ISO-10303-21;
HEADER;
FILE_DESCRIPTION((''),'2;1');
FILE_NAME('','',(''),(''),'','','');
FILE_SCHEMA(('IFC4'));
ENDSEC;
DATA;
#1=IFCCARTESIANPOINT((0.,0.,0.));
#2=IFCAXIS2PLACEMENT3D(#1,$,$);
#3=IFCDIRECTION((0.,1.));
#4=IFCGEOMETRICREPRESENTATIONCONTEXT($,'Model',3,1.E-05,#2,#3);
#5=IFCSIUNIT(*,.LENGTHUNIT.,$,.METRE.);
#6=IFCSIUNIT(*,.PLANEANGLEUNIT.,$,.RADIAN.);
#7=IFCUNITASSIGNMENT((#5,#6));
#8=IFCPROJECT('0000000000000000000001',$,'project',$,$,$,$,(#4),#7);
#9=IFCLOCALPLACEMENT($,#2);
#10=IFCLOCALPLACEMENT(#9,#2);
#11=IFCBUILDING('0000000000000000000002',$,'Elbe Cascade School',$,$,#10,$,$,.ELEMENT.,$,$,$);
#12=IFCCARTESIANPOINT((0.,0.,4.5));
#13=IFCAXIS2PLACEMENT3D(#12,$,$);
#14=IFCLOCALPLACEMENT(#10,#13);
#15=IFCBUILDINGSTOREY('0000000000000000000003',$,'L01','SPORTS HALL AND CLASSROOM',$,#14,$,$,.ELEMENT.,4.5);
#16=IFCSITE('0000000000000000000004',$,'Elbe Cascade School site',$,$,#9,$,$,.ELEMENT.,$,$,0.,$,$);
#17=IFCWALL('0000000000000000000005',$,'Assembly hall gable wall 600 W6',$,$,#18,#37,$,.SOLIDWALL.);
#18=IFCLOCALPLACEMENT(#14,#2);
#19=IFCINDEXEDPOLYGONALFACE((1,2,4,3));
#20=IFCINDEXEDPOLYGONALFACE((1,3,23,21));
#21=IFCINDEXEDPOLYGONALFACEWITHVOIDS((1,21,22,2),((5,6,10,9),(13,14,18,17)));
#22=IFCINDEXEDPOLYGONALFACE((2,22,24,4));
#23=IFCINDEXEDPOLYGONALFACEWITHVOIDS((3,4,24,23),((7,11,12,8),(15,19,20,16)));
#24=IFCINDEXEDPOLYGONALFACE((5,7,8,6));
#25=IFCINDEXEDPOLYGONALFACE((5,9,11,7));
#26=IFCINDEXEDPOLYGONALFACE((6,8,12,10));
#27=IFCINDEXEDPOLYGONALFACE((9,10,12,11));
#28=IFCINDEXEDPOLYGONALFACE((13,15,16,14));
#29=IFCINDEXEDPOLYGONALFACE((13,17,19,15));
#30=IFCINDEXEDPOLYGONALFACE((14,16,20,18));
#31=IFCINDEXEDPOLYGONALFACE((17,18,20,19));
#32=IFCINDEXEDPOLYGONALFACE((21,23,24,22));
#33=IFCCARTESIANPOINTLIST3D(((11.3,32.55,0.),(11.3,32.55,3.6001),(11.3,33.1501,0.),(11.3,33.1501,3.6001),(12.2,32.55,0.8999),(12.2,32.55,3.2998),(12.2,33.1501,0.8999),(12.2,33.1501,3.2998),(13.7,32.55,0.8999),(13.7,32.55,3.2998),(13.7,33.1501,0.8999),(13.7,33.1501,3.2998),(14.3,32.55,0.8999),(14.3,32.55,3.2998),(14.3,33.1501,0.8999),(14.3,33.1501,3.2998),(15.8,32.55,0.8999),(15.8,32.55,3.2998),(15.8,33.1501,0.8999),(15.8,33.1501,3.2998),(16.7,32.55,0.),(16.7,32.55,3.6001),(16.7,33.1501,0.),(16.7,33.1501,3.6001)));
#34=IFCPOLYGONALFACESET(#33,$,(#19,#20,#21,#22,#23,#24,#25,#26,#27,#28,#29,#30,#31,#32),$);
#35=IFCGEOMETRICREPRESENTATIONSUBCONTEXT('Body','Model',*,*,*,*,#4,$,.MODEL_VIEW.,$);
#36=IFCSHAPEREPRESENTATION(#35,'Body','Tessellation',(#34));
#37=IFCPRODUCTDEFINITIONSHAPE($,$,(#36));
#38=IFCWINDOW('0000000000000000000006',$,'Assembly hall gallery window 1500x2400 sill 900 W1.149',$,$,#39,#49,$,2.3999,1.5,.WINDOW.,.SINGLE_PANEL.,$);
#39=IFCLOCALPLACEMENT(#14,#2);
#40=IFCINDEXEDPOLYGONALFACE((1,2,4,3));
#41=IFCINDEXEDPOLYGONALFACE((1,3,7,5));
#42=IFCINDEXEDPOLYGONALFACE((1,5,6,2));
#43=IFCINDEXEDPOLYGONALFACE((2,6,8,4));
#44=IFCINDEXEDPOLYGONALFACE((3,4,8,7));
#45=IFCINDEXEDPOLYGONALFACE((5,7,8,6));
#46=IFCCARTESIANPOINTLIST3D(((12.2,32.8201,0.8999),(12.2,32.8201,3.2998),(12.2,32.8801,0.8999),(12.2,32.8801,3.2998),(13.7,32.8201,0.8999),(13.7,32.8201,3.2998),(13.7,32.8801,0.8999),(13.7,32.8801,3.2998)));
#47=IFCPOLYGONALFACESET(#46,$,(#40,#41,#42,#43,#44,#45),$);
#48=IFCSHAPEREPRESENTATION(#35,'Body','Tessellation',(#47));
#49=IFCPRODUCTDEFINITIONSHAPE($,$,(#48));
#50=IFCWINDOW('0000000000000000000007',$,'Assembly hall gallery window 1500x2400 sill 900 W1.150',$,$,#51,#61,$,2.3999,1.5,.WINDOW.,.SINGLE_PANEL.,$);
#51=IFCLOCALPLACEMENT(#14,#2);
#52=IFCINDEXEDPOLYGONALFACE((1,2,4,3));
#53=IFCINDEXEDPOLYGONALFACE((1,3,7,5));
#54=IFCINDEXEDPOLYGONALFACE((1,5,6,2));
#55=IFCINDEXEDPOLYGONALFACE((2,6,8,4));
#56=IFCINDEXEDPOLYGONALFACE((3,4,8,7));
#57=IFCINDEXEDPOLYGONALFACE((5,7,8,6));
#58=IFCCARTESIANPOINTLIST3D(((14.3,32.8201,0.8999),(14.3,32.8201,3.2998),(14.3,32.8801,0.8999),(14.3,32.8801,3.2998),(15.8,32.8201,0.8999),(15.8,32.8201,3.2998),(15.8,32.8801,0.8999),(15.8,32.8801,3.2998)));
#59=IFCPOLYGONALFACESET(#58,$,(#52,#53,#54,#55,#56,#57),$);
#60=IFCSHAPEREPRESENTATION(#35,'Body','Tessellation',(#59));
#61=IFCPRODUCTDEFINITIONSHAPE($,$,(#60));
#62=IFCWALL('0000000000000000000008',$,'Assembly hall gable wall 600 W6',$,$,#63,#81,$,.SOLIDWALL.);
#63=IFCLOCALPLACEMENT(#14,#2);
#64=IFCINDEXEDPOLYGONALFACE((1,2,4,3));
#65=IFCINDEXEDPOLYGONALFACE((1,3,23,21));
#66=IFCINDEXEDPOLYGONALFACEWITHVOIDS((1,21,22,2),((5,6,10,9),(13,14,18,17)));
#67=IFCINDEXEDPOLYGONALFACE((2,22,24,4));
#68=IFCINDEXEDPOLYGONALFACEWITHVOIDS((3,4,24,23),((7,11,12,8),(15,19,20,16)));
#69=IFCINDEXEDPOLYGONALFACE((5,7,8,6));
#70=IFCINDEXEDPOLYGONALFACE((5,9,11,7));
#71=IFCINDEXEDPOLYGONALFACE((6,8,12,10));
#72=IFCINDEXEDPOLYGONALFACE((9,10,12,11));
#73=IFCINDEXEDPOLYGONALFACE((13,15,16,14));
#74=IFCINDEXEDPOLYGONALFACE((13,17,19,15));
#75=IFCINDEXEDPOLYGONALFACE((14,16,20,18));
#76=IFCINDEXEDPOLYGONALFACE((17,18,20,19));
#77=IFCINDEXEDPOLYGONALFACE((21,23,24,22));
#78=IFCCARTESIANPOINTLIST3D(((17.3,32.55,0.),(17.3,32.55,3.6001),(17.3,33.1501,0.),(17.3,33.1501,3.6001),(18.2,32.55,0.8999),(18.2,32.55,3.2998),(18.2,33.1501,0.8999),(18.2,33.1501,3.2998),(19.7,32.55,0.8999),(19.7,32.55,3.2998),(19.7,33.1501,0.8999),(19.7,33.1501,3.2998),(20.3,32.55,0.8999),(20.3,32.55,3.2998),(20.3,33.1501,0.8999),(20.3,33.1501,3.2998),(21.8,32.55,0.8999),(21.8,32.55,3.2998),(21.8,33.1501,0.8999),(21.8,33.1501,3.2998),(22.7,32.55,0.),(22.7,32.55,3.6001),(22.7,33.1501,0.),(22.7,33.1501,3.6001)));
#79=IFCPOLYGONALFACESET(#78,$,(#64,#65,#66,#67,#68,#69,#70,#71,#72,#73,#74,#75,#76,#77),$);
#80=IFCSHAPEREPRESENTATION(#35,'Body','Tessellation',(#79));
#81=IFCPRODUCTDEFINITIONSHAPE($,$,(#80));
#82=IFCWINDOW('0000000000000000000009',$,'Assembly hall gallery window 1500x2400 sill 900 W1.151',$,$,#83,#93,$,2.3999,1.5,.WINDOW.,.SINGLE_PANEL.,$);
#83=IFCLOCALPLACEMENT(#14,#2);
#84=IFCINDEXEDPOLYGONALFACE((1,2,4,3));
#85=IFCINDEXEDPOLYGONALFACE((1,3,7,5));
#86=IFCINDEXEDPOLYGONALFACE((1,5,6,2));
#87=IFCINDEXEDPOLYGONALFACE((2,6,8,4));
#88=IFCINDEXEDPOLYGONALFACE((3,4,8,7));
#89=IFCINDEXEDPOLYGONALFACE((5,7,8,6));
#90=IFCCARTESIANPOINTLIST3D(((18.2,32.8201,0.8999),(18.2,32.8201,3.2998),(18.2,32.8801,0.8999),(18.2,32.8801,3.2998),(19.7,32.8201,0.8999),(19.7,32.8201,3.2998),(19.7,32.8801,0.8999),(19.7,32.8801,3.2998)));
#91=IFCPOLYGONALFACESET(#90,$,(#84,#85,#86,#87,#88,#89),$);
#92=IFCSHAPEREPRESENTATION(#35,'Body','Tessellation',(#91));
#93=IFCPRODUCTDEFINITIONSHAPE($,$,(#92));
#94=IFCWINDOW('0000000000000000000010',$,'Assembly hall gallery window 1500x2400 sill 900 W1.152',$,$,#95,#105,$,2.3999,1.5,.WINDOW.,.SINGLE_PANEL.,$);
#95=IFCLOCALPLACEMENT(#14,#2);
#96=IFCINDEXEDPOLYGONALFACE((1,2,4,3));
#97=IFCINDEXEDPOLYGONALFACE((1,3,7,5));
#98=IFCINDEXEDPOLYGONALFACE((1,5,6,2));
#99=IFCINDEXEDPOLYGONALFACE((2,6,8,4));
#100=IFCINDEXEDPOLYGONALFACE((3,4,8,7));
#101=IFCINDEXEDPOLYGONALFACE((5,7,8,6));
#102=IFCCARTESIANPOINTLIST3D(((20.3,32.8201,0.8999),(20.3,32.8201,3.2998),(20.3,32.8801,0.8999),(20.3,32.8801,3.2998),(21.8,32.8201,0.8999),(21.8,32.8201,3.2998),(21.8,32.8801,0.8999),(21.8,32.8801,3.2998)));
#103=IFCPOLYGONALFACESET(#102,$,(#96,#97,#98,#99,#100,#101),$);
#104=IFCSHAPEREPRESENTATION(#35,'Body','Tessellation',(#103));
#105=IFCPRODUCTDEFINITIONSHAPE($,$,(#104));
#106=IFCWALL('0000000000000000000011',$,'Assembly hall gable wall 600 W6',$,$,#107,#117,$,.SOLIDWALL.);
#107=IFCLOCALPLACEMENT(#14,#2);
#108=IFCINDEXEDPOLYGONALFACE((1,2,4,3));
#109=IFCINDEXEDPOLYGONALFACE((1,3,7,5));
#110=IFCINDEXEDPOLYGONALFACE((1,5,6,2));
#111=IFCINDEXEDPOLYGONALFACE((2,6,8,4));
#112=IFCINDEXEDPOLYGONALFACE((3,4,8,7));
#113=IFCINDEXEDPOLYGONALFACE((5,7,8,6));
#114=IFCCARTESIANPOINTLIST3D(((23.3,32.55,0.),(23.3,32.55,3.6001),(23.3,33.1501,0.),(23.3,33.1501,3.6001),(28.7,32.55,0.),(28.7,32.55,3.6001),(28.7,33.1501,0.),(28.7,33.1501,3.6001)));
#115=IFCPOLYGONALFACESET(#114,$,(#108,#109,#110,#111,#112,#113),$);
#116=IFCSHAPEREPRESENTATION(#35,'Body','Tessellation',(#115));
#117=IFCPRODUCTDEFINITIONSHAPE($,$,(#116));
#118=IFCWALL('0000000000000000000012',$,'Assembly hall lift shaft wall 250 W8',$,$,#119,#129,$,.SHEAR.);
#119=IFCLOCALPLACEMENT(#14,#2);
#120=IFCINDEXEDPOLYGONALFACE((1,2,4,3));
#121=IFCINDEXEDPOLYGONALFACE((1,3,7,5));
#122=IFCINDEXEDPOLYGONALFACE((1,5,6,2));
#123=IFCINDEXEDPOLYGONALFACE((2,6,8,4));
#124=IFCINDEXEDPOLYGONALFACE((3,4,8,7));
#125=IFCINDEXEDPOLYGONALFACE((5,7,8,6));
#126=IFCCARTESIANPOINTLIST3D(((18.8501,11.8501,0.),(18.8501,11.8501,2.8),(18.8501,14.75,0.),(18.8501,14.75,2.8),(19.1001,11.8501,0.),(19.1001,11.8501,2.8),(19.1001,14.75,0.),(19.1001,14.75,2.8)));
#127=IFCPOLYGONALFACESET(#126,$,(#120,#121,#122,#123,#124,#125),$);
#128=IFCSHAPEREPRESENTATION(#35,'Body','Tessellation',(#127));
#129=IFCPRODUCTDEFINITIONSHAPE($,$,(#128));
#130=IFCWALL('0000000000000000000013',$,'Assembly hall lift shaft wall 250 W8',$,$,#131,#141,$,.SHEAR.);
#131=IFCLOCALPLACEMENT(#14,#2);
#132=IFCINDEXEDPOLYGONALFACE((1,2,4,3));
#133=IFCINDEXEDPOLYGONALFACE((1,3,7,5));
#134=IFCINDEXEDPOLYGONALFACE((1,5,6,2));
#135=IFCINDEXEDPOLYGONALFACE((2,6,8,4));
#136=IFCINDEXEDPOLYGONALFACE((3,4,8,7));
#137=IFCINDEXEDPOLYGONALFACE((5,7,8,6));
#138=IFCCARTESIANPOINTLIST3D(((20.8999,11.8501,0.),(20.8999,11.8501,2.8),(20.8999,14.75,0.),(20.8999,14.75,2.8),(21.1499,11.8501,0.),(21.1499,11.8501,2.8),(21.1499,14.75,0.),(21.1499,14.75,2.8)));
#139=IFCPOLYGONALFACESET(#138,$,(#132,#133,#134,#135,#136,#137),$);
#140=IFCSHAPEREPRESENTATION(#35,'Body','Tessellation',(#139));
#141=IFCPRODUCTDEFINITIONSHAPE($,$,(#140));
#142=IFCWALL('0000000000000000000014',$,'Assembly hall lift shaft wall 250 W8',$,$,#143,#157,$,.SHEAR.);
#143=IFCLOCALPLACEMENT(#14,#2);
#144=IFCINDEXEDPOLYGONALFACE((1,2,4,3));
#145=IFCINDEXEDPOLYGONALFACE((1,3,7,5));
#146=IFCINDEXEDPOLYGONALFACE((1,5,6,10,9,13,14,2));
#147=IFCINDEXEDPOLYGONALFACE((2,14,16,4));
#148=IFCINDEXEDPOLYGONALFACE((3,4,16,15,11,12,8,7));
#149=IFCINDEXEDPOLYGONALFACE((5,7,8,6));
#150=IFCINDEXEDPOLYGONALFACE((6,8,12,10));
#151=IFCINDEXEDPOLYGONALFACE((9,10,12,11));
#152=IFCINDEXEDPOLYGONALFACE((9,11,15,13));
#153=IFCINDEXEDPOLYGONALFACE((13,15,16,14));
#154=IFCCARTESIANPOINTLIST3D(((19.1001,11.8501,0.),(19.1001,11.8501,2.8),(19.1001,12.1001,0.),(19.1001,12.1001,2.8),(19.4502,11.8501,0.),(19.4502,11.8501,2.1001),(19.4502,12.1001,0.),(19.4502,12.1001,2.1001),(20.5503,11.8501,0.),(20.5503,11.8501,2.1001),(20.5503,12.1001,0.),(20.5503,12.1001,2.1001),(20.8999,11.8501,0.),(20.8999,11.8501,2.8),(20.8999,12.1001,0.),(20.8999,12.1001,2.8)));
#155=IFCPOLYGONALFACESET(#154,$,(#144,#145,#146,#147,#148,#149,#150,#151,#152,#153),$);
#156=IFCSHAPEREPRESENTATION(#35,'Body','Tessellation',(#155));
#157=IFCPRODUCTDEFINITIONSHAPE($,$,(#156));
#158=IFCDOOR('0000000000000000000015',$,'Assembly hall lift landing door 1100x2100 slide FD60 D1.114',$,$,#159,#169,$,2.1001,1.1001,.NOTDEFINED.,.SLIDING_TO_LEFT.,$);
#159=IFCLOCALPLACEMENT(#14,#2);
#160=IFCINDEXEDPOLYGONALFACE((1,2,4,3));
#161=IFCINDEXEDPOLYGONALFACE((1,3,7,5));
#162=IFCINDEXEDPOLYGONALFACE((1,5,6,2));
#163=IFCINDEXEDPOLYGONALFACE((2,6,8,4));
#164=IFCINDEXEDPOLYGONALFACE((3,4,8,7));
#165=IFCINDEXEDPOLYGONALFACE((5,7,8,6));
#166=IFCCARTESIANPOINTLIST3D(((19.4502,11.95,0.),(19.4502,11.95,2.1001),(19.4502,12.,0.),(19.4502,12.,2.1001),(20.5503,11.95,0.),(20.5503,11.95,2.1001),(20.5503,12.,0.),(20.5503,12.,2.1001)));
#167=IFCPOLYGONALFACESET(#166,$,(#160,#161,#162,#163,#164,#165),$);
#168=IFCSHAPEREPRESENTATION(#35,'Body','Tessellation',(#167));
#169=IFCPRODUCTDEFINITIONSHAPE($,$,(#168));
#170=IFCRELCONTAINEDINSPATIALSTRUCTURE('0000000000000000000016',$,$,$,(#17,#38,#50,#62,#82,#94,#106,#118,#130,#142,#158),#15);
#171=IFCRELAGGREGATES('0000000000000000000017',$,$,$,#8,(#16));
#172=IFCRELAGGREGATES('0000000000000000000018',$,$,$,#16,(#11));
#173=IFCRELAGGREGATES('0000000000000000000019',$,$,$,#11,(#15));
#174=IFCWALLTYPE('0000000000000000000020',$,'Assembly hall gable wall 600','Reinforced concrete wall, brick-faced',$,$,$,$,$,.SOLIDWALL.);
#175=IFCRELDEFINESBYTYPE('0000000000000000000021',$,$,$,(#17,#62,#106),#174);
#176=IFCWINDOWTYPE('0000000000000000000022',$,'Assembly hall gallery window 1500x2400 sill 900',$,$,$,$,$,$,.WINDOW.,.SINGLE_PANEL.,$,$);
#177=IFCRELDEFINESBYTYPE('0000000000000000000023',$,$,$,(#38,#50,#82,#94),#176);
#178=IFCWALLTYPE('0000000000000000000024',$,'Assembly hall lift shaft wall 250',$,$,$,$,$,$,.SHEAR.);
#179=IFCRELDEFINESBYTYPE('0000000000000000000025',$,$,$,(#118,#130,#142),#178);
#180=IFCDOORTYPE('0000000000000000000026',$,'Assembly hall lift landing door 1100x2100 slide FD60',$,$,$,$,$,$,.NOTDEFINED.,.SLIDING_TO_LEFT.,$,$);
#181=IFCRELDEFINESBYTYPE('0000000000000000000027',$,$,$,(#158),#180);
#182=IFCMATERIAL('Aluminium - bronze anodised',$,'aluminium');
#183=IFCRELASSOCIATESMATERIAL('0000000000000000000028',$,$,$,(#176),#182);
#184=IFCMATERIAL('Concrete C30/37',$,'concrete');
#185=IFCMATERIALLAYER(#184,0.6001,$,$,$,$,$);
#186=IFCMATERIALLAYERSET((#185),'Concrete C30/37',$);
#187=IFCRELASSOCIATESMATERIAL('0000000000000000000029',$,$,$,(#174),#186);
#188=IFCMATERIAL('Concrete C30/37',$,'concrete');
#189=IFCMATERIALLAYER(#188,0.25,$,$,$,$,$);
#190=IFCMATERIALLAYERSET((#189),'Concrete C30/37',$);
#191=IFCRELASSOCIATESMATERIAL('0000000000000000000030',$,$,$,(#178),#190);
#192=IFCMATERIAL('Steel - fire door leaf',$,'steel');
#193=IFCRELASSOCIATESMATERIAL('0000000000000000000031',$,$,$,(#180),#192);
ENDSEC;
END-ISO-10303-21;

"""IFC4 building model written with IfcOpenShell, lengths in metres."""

from ifc_helpers import new_model, si_unit, direction, frame, frame_2d, origin, place, context, subcontext, project, spatial, rectangle, extrude, material, layer, layer_set, type_object, element, fill, save


model = new_model("IFC4")

# Units and contexts
model_context = context("Model", 3, precision=1e-05, world=origin(), true_north=direction((0.0, 1.0)))
body_context = subcontext(model_context, "Body", "Model", "MODEL_VIEW")
ifc_project = project(units=[si_unit("LENGTHUNIT", "METRE"), si_unit("PLANEANGLEUNIT", "RADIAN")], contexts=[model_context])

# Site, building, storey
site_placement = place(None, origin())
site = spatial("IfcSite", under=ifc_project, at=site_placement, Name="Elbe Cascade School site", CompositionType="ELEMENT", RefElevation=0.0)
building_placement = place(site_placement, origin())
building = spatial("IfcBuilding", under=site, at=building_placement, Name="Elbe Cascade School", CompositionType="ELEMENT")
storey_placement = place(building_placement, frame((0.0, 0.0, 4.5)))
storey = spatial("IfcBuildingStorey", under=building, at=storey_placement, Name="L01", Description="SPORTS HALL AND CLASSROOM", CompositionType="ELEMENT", Elevation=4.5)

# Shared definitions
ifc_material_1 = material(Name="Aluminium - bronze anodised", Category="aluminium")
window_type = type_object("IfcWindowType", Name="Assembly hall gallery window 1500x2400 sill 900", PartitioningType="SINGLE_PANEL", PredefinedType="WINDOW", material=ifc_material_1)

# Shared definitions
ifc_material_2 = material(Name="Concrete C30/37", Category="concrete")
ifc_layer_1 = layer(ifc_material_2, 0.6001)
ifc_layer_set_1 = layer_set([ifc_layer_1], Name="Concrete C30/37")
wall_type_1 = type_object("IfcWallType", Name="Assembly hall gable wall 600", Description="Reinforced concrete wall, brick-faced", PredefinedType="SOLIDWALL", material=ifc_layer_set_1)

# Walls, openings, windows
wall_1_placement = place(storey_placement, frame((11.3, 32.8501, 0.0), z_axis=(0.0, 0.0, 1.0), x_axis=(1.0, 0.0, 0.0)))
wall_1 = element("IfcWall", 1, at=wall_1_placement, inside=storey, type_object=wall_type_1, Name="Assembly hall gable wall 600 W6", PredefinedType="SOLIDWALL", context=body_context, shape_type="SweptSolid", body=[
    extrude(rectangle(XDim=5.3999, YDim=0.6001, at=frame_2d((2.7, 0.0))), origin(), (0.0, 0.0, 1.0), 3.6001),
])
opening_1_placement = place(wall_1_placement, frame((0.8999, 0.0, 0.8999)))
opening_1 = element("IfcOpeningElement", 2, at=opening_1_placement, cuts=wall_1, PredefinedType="OPENING", context=body_context, shape_type="SweptSolid", body=[
    extrude(rectangle(XDim=1.5, YDim=2.3999, at=frame_2d((0.75, 1.2))), frame((0.0, 0.3101, 0.0), z_axis=(0.0, -1.0, 0.0), x_axis=(1.0, 0.0, 0.0)), (0.0, 0.0, 1.0), 0.6201),
])
opening_2_placement = place(wall_1_placement, frame((3.0, 0.0, 0.8999)))
opening_2 = element("IfcOpeningElement", 3, at=opening_2_placement, cuts=wall_1, PredefinedType="OPENING", context=body_context, shape_type="SweptSolid", body=[
    extrude(rectangle(XDim=1.5, YDim=2.3999, at=frame_2d((0.75, 1.2))), frame((0.0, 0.3101, 0.0), z_axis=(0.0, -1.0, 0.0), x_axis=(1.0, 0.0, 0.0)), (0.0, 0.0, 1.0), 0.6201),
])
window_1_placement = place(opening_1_placement, origin())
window_1 = element("IfcWindow", 4, at=window_1_placement, inside=storey, type_object=window_type, Name="Assembly hall gallery window 1500x2400 sill 900 W1.149", OverallHeight=2.3999, OverallWidth=1.5, PartitioningType="SINGLE_PANEL", PredefinedType="WINDOW", context=body_context, shape_type="SweptSolid", body=[
    extrude(rectangle(XDim=1.5, YDim=2.3999, at=frame_2d((0.75, 1.2))), frame((0.0, 0.03, 0.0), z_axis=(0.0, -1.0, 0.0), x_axis=(1.0, 0.0, 0.0)), (0.0, 0.0, 1.0), 0.0601),
])
fill(opening_1, window_1)
window_2_placement = place(opening_2_placement, origin())
window_2 = element("IfcWindow", 5, at=window_2_placement, inside=storey, type_object=window_type, Name="Assembly hall gallery window 1500x2400 sill 900 W1.150", OverallHeight=2.3999, OverallWidth=1.5, PartitioningType="SINGLE_PANEL", PredefinedType="WINDOW", context=body_context, shape_type="SweptSolid", body=[
    extrude(rectangle(XDim=1.5, YDim=2.3999, at=frame_2d((0.75, 1.2))), frame((0.0, 0.03, 0.0), z_axis=(0.0, -1.0, 0.0), x_axis=(1.0, 0.0, 0.0)), (0.0, 0.0, 1.0), 0.0601),
])
fill(opening_2, window_2)
wall_2_placement = place(storey_placement, frame((17.3, 32.8501, 0.0), z_axis=(0.0, 0.0, 1.0), x_axis=(1.0, 0.0, 0.0)))
wall_2 = element("IfcWall", 6, at=wall_2_placement, inside=storey, type_object=wall_type_1, Name="Assembly hall gable wall 600 W6", PredefinedType="SOLIDWALL", context=body_context, shape_type="SweptSolid", body=[
    extrude(rectangle(XDim=5.3999, YDim=0.6001, at=frame_2d((2.7, 0.0))), origin(), (0.0, 0.0, 1.0), 3.6001),
])
opening_3_placement = place(wall_2_placement, frame((0.8999, 0.0, 0.8999)))
opening_3 = element("IfcOpeningElement", 7, at=opening_3_placement, cuts=wall_2, PredefinedType="OPENING", context=body_context, shape_type="SweptSolid", body=[
    extrude(rectangle(XDim=1.5, YDim=2.3999, at=frame_2d((0.75, 1.2))), frame((0.0, 0.3101, 0.0), z_axis=(0.0, -1.0, 0.0), x_axis=(1.0, 0.0, 0.0)), (0.0, 0.0, 1.0), 0.6201),
])
opening_4_placement = place(wall_2_placement, frame((3.0, 0.0, 0.8999)))
opening_4 = element("IfcOpeningElement", 8, at=opening_4_placement, cuts=wall_2, PredefinedType="OPENING", context=body_context, shape_type="SweptSolid", body=[
    extrude(rectangle(XDim=1.5, YDim=2.3999, at=frame_2d((0.75, 1.2))), frame((0.0, 0.3101, 0.0), z_axis=(0.0, -1.0, 0.0), x_axis=(1.0, 0.0, 0.0)), (0.0, 0.0, 1.0), 0.6201),
])
window_3_placement = place(opening_3_placement, origin())
window_3 = element("IfcWindow", 9, at=window_3_placement, inside=storey, type_object=window_type, Name="Assembly hall gallery window 1500x2400 sill 900 W1.151", OverallHeight=2.3999, OverallWidth=1.5, PartitioningType="SINGLE_PANEL", PredefinedType="WINDOW", context=body_context, shape_type="SweptSolid", body=[
    extrude(rectangle(XDim=1.5, YDim=2.3999, at=frame_2d((0.75, 1.2))), frame((0.0, 0.03, 0.0), z_axis=(0.0, -1.0, 0.0), x_axis=(1.0, 0.0, 0.0)), (0.0, 0.0, 1.0), 0.0601),
])
fill(opening_3, window_3)
window_4_placement = place(opening_4_placement, origin())
window_4 = element("IfcWindow", 10, at=window_4_placement, inside=storey, type_object=window_type, Name="Assembly hall gallery window 1500x2400 sill 900 W1.152", OverallHeight=2.3999, OverallWidth=1.5, PartitioningType="SINGLE_PANEL", PredefinedType="WINDOW", context=body_context, shape_type="SweptSolid", body=[
    extrude(rectangle(XDim=1.5, YDim=2.3999, at=frame_2d((0.75, 1.2))), frame((0.0, 0.03, 0.0), z_axis=(0.0, -1.0, 0.0), x_axis=(1.0, 0.0, 0.0)), (0.0, 0.0, 1.0), 0.0601),
])
fill(opening_4, window_4)

# Walls
wall_3_placement = place(storey_placement, frame((23.3, 32.8501, 0.0), z_axis=(0.0, 0.0, 1.0), x_axis=(1.0, 0.0, 0.0)))
element("IfcWall", 11, at=wall_3_placement, inside=storey, type_object=wall_type_1, Name="Assembly hall gable wall 600 W6", PredefinedType="SOLIDWALL", context=body_context, shape_type="SweptSolid", body=[
    extrude(rectangle(XDim=5.3999, YDim=0.6001, at=frame_2d((2.7, 0.0))), origin(), (0.0, 0.0, 1.0), 3.6001),
])
ifc_material_3 = material(Name="Concrete C30/37", Category="concrete")
ifc_layer_2 = layer(ifc_material_3, 0.25)
ifc_layer_set_2 = layer_set([ifc_layer_2], Name="Concrete C30/37")
wall_type_2 = type_object("IfcWallType", Name="Assembly hall lift shaft wall 250", PredefinedType="SHEAR", material=ifc_layer_set_2)
for number, where, z_axis, x_axis, name in (
    (12, (18.9751, 11.8501, 0.0), (0.0, 0.0, 1.0), (0.0, 1.0, 0.0), "Assembly hall lift shaft wall 250 W8"),
    (13, (21.0249, 11.8501, 0.0), (0.0, 0.0, 1.0), (0.0, 1.0, 0.0), "Assembly hall lift shaft wall 250 W8"),
):
    element("IfcWall", number, at=place(storey_placement, frame(where, z_axis=z_axis, x_axis=x_axis)), inside=storey, type_object=wall_type_2, Name=name, PredefinedType="SHEAR", context=body_context, shape_type="SweptSolid", body=[
        extrude(rectangle(XDim=2.8999, YDim=0.25, at=frame_2d((1.45, 0.0))), origin(), (0.0, 0.0, 1.0), 2.8),
    ])

# Wall, opening, door
wall_4_placement = place(storey_placement, frame((19.1001, 11.9751, 0.0), z_axis=(0.0, 0.0, 1.0), x_axis=(1.0, 0.0, 0.0)))
wall_4 = element("IfcWall", 14, at=wall_4_placement, inside=storey, type_object=wall_type_2, Name="Assembly hall lift shaft wall 250 W8", PredefinedType="SHEAR", context=body_context, shape_type="SweptSolid", body=[
    extrude(rectangle(XDim=1.7998, YDim=0.25, at=frame_2d((0.8999, 0.0))), origin(), (0.0, 0.0, 1.0), 2.8),
])
opening_5_placement = place(wall_4_placement, frame((0.3501, 0.0, 0.0)))
opening_5 = element("IfcOpeningElement", 15, at=opening_5_placement, cuts=wall_4, PredefinedType="OPENING", context=body_context, shape_type="SweptSolid", body=[
    extrude(rectangle(XDim=1.1001, YDim=2.1001, at=frame_2d((0.55, 1.05))), frame((0.0, 0.135, 0.0), z_axis=(0.0, -1.0, 0.0), x_axis=(1.0, 0.0, 0.0)), (0.0, 0.0, 1.0), 0.27),
])
ifc_material_4 = material(Name="Steel - fire door leaf", Category="steel")
door_type = type_object("IfcDoorType", Name="Assembly hall lift landing door 1100x2100 slide FD60", OperationType="SLIDING_TO_LEFT", PredefinedType="NOTDEFINED", material=ifc_material_4)
door_placement = place(opening_5_placement, origin())
door = element("IfcDoor", 16, at=door_placement, inside=storey, type_object=door_type, Name="Assembly hall lift landing door 1100x2100 slide FD60 D1.114", OperationType="SLIDING_TO_LEFT", OverallHeight=2.1001, OverallWidth=1.1001, PredefinedType="NOTDEFINED", context=body_context, shape_type="SweptSolid", body=[
    extrude(rectangle(XDim=1.1001, YDim=2.1001, at=frame_2d((0.55, 1.05))), frame((0.0, 0.0249, 0.0), z_axis=(0.0, -1.0, 0.0), x_axis=(1.0, 0.0, 0.0)), (0.0, 0.0, 1.0), 0.05),
])
fill(opening_5, door)

save(model, "model.ifc")
